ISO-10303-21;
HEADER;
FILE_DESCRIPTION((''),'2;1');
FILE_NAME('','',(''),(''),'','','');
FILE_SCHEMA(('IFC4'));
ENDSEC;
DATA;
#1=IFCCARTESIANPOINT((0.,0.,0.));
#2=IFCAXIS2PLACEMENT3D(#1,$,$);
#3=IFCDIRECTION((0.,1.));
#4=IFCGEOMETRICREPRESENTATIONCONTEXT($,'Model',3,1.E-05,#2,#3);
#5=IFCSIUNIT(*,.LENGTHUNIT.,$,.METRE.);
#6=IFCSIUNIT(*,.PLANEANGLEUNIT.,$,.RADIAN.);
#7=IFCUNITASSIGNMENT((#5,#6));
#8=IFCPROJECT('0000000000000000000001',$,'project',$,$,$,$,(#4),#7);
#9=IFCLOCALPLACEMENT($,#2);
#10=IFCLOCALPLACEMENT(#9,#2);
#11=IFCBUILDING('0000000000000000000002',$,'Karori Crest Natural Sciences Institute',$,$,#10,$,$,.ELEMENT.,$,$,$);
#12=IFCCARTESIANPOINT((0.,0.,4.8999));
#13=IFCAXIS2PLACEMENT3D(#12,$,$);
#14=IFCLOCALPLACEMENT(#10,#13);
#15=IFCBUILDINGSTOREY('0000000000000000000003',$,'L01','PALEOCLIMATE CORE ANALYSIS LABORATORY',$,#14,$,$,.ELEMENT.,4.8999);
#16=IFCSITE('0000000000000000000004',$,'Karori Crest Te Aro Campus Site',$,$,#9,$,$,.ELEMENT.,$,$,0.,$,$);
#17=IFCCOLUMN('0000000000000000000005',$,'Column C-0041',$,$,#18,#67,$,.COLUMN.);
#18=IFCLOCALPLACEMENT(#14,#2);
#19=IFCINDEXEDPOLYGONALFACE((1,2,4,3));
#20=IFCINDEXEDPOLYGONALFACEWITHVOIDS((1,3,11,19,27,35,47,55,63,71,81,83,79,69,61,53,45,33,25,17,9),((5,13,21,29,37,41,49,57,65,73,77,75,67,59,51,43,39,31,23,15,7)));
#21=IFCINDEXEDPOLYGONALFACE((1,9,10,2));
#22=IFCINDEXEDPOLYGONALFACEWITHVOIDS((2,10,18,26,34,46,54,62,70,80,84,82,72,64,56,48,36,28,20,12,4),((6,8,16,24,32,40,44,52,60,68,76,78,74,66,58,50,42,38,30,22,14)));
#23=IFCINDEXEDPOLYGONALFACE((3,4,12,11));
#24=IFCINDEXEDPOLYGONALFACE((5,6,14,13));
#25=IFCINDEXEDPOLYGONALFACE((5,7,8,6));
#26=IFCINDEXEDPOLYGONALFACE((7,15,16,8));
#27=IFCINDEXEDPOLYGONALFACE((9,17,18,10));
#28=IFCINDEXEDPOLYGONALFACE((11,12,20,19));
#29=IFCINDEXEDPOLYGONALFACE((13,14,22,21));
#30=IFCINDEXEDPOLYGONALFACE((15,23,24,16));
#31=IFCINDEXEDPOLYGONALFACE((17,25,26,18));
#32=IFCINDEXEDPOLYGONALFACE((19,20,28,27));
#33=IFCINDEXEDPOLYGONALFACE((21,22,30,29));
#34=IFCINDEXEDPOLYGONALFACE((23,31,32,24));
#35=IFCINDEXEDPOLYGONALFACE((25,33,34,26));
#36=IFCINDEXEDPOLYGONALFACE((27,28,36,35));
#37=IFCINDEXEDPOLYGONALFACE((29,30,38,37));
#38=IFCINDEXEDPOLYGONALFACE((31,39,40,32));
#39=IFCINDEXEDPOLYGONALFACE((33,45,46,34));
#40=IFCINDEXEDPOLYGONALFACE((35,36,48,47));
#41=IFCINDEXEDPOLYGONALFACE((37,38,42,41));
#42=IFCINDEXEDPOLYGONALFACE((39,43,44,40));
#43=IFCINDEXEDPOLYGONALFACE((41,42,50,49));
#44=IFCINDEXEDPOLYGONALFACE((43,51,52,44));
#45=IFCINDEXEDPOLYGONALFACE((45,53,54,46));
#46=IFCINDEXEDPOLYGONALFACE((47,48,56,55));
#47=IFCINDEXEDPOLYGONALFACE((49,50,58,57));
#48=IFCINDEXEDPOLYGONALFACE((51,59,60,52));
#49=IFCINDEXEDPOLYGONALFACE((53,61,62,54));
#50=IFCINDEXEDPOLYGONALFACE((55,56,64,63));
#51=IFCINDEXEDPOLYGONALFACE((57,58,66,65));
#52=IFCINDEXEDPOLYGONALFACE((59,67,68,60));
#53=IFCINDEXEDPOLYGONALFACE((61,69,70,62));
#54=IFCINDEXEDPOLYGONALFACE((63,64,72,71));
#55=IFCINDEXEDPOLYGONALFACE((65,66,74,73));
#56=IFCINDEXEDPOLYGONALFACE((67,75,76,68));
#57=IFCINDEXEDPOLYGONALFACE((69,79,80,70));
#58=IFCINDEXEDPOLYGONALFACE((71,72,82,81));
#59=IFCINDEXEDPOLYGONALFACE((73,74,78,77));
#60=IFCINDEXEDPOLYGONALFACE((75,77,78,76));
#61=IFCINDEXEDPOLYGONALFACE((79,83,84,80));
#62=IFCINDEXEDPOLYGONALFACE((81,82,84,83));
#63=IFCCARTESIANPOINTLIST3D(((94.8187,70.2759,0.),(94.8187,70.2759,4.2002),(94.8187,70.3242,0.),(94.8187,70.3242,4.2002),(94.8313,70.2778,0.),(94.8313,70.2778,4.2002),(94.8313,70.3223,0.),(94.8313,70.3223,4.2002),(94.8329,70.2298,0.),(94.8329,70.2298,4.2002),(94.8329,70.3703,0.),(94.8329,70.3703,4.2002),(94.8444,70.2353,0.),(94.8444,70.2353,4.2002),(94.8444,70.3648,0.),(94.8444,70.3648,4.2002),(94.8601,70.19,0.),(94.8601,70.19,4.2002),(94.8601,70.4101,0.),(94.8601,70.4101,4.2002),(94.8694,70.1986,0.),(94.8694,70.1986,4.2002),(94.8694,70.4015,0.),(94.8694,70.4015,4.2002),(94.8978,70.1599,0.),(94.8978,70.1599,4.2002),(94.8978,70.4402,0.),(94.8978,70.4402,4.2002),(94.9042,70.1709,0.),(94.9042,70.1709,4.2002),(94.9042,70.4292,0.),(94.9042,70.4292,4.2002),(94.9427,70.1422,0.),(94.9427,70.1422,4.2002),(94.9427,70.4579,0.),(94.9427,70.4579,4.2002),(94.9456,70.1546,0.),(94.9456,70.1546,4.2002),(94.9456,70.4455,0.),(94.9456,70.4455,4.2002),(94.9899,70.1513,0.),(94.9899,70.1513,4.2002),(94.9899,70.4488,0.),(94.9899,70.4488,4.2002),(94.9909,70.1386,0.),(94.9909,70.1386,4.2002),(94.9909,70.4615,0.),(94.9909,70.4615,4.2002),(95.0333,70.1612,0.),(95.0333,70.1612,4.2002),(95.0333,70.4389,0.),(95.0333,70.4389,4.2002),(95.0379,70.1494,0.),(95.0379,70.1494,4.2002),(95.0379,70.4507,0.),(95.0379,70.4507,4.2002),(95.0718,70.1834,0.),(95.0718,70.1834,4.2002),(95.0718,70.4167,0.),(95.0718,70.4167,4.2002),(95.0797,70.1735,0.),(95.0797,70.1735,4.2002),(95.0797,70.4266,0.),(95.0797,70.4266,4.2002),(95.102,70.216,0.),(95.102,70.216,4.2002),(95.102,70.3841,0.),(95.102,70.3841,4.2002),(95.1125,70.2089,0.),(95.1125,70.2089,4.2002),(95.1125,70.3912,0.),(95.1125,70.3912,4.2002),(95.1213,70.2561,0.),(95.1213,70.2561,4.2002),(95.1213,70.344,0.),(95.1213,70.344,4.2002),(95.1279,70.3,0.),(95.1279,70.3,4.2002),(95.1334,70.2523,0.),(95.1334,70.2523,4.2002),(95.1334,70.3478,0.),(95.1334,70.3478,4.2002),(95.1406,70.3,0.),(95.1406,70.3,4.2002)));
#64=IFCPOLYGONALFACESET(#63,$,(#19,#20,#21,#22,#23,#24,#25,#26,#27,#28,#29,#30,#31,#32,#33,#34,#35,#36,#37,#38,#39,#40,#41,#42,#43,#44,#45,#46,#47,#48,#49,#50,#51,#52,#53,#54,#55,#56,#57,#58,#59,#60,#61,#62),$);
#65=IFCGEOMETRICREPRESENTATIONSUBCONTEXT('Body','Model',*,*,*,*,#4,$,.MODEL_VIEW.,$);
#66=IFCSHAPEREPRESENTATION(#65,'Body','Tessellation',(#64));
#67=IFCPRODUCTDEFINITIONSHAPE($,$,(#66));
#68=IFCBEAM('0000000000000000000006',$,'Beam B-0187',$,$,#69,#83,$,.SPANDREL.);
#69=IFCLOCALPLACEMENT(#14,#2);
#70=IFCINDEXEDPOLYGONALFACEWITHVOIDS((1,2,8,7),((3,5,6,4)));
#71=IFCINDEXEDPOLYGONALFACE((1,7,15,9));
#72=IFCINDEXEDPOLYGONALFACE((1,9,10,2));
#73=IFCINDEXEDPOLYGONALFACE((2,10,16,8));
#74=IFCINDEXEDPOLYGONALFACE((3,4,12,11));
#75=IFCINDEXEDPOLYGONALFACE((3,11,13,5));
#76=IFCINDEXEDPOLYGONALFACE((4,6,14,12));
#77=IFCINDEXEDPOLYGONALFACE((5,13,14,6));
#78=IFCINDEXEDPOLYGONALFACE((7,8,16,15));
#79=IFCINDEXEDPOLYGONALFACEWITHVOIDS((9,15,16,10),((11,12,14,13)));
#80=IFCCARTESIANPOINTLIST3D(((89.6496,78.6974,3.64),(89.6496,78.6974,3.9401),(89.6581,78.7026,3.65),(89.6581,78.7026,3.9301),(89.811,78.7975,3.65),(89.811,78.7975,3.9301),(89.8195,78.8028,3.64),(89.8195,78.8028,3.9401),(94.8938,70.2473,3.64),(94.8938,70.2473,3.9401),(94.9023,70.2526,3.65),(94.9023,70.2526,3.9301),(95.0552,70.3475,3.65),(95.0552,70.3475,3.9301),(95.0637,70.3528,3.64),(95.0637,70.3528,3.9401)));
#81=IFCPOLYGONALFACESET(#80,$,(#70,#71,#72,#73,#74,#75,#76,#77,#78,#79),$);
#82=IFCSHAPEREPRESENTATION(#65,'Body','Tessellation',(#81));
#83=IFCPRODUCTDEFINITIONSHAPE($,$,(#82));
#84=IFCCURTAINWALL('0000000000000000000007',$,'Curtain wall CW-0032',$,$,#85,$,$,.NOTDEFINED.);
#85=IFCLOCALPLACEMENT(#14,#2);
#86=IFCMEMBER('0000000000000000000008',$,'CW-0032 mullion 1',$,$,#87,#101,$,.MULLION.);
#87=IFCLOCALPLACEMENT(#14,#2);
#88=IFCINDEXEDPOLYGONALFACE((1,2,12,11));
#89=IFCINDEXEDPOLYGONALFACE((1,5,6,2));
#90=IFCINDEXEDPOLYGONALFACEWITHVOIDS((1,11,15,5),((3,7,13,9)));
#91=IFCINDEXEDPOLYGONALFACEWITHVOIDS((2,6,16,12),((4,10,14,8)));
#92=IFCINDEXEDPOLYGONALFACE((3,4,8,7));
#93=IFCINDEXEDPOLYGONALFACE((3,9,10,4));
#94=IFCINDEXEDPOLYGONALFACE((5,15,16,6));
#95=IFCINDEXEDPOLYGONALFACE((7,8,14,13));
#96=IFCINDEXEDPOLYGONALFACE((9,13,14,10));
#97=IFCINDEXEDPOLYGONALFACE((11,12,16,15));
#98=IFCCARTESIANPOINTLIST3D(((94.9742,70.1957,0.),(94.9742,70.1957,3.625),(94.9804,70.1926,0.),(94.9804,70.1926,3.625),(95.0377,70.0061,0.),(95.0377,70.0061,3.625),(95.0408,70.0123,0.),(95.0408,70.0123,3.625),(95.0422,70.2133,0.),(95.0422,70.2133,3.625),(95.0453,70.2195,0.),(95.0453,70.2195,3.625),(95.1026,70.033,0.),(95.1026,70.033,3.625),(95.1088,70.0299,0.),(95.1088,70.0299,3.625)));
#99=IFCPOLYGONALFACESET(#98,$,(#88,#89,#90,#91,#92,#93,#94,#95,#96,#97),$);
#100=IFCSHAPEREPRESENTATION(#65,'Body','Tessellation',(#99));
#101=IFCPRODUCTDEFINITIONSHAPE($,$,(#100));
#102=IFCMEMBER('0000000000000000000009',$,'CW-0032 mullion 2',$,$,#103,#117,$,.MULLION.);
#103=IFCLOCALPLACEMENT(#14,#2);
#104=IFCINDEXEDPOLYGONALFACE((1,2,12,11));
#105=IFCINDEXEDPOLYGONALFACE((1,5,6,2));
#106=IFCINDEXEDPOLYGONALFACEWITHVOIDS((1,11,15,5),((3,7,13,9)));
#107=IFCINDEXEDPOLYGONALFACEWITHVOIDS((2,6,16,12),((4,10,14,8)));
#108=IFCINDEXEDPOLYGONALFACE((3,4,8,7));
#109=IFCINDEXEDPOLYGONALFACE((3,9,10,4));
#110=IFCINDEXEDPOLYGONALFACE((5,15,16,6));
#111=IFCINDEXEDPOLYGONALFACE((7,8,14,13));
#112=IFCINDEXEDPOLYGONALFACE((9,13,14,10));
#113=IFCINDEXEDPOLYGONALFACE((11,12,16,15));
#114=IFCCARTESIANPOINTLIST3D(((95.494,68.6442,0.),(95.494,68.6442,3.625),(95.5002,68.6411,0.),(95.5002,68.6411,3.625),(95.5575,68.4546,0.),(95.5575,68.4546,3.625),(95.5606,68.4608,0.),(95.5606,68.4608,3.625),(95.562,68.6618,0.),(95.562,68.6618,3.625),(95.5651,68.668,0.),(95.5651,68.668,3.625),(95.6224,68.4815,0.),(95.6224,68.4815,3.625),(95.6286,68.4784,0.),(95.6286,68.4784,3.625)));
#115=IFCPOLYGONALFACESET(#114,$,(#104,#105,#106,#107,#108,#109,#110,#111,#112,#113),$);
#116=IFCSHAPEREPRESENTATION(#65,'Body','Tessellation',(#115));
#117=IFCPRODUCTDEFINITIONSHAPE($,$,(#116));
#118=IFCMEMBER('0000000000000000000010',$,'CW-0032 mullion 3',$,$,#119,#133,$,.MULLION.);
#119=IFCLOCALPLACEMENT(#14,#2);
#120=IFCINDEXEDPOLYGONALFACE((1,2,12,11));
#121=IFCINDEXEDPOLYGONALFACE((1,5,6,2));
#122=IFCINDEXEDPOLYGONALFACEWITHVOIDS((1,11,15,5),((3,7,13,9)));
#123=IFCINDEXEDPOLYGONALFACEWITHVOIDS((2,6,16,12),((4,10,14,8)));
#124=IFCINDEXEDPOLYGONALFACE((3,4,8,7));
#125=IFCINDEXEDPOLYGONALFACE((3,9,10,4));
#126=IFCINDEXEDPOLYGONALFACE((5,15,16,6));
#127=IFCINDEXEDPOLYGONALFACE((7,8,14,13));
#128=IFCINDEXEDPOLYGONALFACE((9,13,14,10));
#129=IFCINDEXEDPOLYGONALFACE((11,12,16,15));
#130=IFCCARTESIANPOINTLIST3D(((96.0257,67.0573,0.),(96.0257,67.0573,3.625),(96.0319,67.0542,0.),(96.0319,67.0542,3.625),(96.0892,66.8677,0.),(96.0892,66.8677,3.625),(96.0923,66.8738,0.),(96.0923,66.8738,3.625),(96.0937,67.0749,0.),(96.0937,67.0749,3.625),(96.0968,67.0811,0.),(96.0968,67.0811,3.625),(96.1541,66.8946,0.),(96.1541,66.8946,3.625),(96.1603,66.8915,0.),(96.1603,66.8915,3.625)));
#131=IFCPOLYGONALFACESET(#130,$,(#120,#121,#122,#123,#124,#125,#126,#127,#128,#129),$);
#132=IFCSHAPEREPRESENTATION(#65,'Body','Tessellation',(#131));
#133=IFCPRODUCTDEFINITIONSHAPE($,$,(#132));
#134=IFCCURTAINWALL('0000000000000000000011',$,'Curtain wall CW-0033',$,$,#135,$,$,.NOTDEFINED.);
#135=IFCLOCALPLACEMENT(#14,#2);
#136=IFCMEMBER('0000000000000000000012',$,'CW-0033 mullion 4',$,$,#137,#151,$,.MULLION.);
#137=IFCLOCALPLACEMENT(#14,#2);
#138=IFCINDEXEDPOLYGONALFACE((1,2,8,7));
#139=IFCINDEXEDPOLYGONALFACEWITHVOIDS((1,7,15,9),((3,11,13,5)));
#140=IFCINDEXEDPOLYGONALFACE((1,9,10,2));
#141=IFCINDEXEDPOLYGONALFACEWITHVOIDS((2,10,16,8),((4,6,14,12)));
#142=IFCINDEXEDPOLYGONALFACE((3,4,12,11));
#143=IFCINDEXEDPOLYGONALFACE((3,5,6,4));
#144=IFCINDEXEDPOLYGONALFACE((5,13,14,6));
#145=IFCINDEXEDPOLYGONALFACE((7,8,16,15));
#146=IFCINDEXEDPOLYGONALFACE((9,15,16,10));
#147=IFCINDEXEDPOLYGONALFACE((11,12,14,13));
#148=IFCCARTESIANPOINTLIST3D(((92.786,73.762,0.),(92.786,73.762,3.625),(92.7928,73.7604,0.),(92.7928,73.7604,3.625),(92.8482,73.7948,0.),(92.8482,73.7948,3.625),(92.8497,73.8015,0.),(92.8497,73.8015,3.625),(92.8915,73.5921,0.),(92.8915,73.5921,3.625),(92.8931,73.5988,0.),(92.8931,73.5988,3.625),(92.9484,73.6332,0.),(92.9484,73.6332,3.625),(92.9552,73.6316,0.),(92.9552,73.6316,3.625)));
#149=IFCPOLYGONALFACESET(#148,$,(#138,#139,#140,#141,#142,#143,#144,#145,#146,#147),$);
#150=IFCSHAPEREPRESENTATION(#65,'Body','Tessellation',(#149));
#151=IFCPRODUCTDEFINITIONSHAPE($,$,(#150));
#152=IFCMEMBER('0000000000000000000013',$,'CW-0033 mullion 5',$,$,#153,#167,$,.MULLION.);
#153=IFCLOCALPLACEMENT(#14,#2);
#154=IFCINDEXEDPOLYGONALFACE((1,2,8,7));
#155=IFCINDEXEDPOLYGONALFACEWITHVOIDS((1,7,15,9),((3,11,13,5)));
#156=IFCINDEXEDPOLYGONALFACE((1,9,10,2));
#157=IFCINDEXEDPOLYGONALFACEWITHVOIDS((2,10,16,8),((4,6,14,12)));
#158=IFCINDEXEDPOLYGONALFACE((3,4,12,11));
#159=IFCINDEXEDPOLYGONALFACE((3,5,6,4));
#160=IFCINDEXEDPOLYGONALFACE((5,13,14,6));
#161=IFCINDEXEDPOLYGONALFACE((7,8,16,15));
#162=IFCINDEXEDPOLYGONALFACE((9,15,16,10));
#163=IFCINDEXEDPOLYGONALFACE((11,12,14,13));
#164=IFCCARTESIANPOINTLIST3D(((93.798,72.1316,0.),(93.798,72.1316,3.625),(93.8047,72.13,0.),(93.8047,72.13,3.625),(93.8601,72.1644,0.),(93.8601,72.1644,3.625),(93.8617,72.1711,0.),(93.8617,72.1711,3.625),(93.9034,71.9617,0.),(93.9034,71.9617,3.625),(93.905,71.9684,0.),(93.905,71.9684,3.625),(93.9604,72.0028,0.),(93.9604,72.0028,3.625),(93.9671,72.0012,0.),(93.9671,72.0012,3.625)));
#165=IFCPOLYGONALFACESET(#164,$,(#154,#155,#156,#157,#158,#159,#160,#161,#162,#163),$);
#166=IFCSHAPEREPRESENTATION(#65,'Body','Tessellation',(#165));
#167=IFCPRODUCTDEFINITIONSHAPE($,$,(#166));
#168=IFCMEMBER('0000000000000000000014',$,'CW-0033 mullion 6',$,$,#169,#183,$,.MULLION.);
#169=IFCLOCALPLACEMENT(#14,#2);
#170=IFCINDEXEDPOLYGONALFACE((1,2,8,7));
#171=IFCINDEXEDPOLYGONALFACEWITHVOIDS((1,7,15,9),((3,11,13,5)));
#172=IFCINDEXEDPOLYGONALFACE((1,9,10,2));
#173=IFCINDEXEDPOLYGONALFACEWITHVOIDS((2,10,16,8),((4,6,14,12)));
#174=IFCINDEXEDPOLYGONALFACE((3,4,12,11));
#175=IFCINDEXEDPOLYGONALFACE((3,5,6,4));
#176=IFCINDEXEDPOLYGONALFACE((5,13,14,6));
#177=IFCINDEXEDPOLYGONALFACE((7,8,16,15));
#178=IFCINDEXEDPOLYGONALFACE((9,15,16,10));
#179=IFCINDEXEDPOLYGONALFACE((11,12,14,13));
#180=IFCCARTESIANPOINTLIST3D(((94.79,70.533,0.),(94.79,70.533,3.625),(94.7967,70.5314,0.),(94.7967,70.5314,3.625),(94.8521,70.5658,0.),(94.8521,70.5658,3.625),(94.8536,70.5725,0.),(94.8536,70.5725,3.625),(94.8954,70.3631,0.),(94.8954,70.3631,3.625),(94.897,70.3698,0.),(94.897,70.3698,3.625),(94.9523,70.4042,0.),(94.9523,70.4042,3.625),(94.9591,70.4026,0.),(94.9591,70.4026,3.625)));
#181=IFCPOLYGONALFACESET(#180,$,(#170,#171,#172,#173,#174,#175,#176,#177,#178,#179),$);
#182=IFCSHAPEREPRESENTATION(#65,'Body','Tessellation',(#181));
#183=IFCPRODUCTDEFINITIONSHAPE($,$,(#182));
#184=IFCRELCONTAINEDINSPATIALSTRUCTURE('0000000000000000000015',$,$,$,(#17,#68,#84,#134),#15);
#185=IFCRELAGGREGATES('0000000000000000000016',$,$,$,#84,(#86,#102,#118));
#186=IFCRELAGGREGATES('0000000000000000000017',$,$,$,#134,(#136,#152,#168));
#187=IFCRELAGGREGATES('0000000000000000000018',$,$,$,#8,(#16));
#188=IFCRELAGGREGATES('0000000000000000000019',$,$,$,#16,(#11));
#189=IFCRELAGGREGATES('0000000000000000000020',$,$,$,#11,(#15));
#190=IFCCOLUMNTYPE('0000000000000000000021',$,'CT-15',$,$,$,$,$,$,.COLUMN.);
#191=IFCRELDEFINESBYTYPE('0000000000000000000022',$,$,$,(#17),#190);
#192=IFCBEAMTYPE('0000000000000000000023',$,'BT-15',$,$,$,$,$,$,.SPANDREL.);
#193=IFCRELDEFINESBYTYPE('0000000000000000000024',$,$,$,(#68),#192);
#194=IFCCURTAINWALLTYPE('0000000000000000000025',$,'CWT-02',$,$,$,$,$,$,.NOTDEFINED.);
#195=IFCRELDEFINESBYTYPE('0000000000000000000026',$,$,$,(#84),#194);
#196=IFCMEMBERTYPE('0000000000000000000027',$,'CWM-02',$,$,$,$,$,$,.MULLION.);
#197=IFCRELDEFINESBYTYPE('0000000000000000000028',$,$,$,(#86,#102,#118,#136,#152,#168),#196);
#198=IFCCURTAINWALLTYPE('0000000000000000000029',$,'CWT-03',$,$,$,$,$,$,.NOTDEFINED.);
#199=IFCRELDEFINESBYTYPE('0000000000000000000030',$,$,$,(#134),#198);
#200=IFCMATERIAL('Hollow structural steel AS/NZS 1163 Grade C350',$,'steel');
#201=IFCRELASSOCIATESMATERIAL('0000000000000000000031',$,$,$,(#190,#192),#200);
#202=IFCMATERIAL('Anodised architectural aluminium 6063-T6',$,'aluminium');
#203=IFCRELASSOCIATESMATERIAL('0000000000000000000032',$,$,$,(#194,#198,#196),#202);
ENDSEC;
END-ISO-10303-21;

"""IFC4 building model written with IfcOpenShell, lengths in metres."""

from ifc_helpers import new_model, si_unit, direction, frame, origin, origin_2d, place, context, subcontext, project, spatial, hollow_rectangle, hollow_circle, extrude, material, material_profile, profile_set, type_object, element, aggregate, save


model = new_model("IFC4")

# Units and contexts
model_context = context("Model", 3, precision=1e-05, world=origin(), true_north=direction((0.0, 1.0)))
body_context = subcontext(model_context, "Body", "Model", "MODEL_VIEW")
ifc_project = project(units=[si_unit("LENGTHUNIT", "METRE"), si_unit("PLANEANGLEUNIT", "RADIAN")], contexts=[model_context])

# Site, building, storey
site_placement = place(None, origin())
site = spatial("IfcSite", under=ifc_project, at=site_placement, Name="Karori Crest Te Aro Campus Site", CompositionType="ELEMENT", RefElevation=0.0)
building_placement = place(site_placement, origin())
building = spatial("IfcBuilding", under=site, at=building_placement, Name="Karori Crest Natural Sciences Institute", CompositionType="ELEMENT")
storey_placement = place(building_placement, frame((0.0, 0.0, 4.8999)))
storey = spatial("IfcBuildingStorey", under=building, at=storey_placement, Name="L01", Description="PALEOCLIMATE CORE ANALYSIS LABORATORY", CompositionType="ELEMENT", Elevation=4.8999)

# Column
ifc_material_1 = material(Name="Hollow structural steel AS/NZS 1163 Grade C350", Category="steel")
ifc_material_profile_1 = material_profile(ifc_material_1, hollow_circle(Radius=0.1619, WallThickness=0.0127, at=origin_2d()), Name="CHS323.9x12.7")
ifc_profile_set_1 = profile_set([ifc_material_profile_1], Name="Hollow structural steel AS/NZS 1163 Grade C350")
column_type = type_object("IfcColumnType", Name="CT-15", PredefinedType="COLUMN", material=ifc_profile_set_1)
column_placement = place(storey_placement, frame((94.9788, 70.3, 0.0), z_axis=(0.0, 0.0, 1.0), x_axis=(1.0, 0.0, 0.0)))
element("IfcColumn", 1, at=column_placement, inside=storey, type_object=column_type, Name="Column C-0041", PredefinedType="COLUMN", context=body_context, shape_type="SweptSolid", body=[
    extrude(hollow_circle(Radius=0.1619, WallThickness=0.0127, at=origin_2d()), origin(), (0.0, 0.0, 1.0), 4.2002),
])

# Beam
ifc_material_profile_2 = material_profile(ifc_material_1, hollow_rectangle(XDim=0.2, YDim=0.3, WallThickness=0.01, at=origin_2d()), Name="RHS300x200x10")
ifc_profile_set_2 = profile_set([ifc_material_profile_2], Name="Hollow structural steel AS/NZS 1163 Grade C350")
beam_type = type_object("IfcBeamType", Name="BT-15", PredefinedType="SPANDREL", material=ifc_profile_set_2)
beam_placement = place(storey_placement, frame((94.9788, 70.3, 3.79), z_axis=(-0.527315, 0.84967, 0.0), x_axis=(-0.84967, -0.527315, 0.0)))
element("IfcBeam", 2, at=beam_placement, inside=storey, type_object=beam_type, Name="Beam B-0187", PredefinedType="SPANDREL", context=body_context, shape_type="SweptSolid", body=[
    extrude(hollow_rectangle(XDim=0.2, YDim=0.3, WallThickness=0.01, at=origin_2d()), origin(), (0.0, 0.0, 1.0), 9.9451),
])

# Curtain walls, members
ifc_material_2 = material(Name="Anodised architectural aluminium 6063-T6", Category="aluminium")
curtain_wall_type_1 = type_object("IfcCurtainWallType", Name="CWT-02", PredefinedType="NOTDEFINED", material=ifc_material_2)
curtain_wall_1_placement = place(storey_placement, origin())
curtain_wall_1 = element("IfcCurtainWall", 3, at=curtain_wall_1_placement, inside=storey, type_object=curtain_wall_type_1, Name="Curtain wall CW-0032", PredefinedType="NOTDEFINED")
ifc_material_profile_3 = material_profile(ifc_material_2, hollow_rectangle(XDim=0.075, YDim=0.2, WallThickness=0.0049, at=origin_2d()), Name="CWM200x75x5")
ifc_profile_set_3 = profile_set([ifc_material_profile_3], Name="Anodised architectural aluminium 6063-T6")
member_type_1 = type_object("IfcMemberType", Name="CWM-02", PredefinedType="MULLION", material=ifc_profile_set_3)
member_1_placement = place(storey_placement, frame((95.0415, 70.1128, 0.0), z_axis=(0.0, 0.0, 1.0), x_axis=(0.948196, 0.317685, 0.0)))
member_1 = element("IfcMember", 4, at=member_1_placement, type_object=member_type_1, Name="CW-0032 mullion 1", PredefinedType="MULLION", context=body_context, shape_type="SweptSolid", body=[
    extrude(hollow_rectangle(XDim=0.075, YDim=0.2, WallThickness=0.0049, at=origin_2d()), origin(), (0.0, 0.0, 1.0), 3.625),
])
member_2_placement = place(storey_placement, frame((95.5613, 68.5613, 0.0), z_axis=(0.0, 0.0, 1.0), x_axis=(0.948196, 0.317685, 0.0)))
member_2 = element("IfcMember", 5, at=member_2_placement, type_object=member_type_1, Name="CW-0032 mullion 2", PredefinedType="MULLION", context=body_context, shape_type="SweptSolid", body=[
    extrude(hollow_rectangle(XDim=0.075, YDim=0.2, WallThickness=0.0049, at=origin_2d()), origin(), (0.0, 0.0, 1.0), 3.625),
])
member_3_placement = place(storey_placement, frame((96.093, 66.9744, 0.0), z_axis=(0.0, 0.0, 1.0), x_axis=(0.948196, 0.317685, 0.0)))
member_3 = element("IfcMember", 6, at=member_3_placement, type_object=member_type_1, Name="CW-0032 mullion 3", PredefinedType="MULLION", context=body_context, shape_type="SweptSolid", body=[
    extrude(hollow_rectangle(XDim=0.075, YDim=0.2, WallThickness=0.0049, at=origin_2d()), origin(), (0.0, 0.0, 1.0), 3.625),
])
curtain_wall_type_2 = type_object("IfcCurtainWallType", Name="CWT-03", PredefinedType="NOTDEFINED", material=ifc_material_2)
curtain_wall_2_placement = place(storey_placement, origin())
curtain_wall_2 = element("IfcCurtainWall", 7, at=curtain_wall_2_placement, inside=storey, type_object=curtain_wall_type_2, Name="Curtain wall CW-0033", PredefinedType="NOTDEFINED")
member_4_placement = place(storey_placement, frame((92.8706, 73.6968, 0.0), z_axis=(0.0, 0.0, 1.0), x_axis=(0.849666, 0.527322, 0.0)))
member_4 = element("IfcMember", 8, at=member_4_placement, type_object=member_type_1, Name="CW-0033 mullion 4", PredefinedType="MULLION", context=body_context, shape_type="SweptSolid", body=[
    extrude(hollow_rectangle(XDim=0.075, YDim=0.2, WallThickness=0.0049, at=origin_2d()), origin(), (0.0, 0.0, 1.0), 3.625),
])
member_5_placement = place(storey_placement, frame((93.8826, 72.0664, 0.0), z_axis=(0.0, 0.0, 1.0), x_axis=(0.849666, 0.527322, 0.0)))
member_5 = element("IfcMember", 9, at=member_5_placement, type_object=member_type_1, Name="CW-0033 mullion 5", PredefinedType="MULLION", context=body_context, shape_type="SweptSolid", body=[
    extrude(hollow_rectangle(XDim=0.075, YDim=0.2, WallThickness=0.0049, at=origin_2d()), origin(), (0.0, 0.0, 1.0), 3.625),
])
member_6_placement = place(storey_placement, frame((94.8745, 70.4678, 0.0), z_axis=(0.0, 0.0, 1.0), x_axis=(0.849666, 0.527322, 0.0)))
member_6 = element("IfcMember", 10, at=member_6_placement, type_object=member_type_1, Name="CW-0033 mullion 6", PredefinedType="MULLION", context=body_context, shape_type="SweptSolid", body=[
    extrude(hollow_rectangle(XDim=0.075, YDim=0.2, WallThickness=0.0049, at=origin_2d()), origin(), (0.0, 0.0, 1.0), 3.625),
])

aggregate(curtain_wall_1, [member_1, member_2, member_3])
aggregate(curtain_wall_2, [member_4, member_5, member_6])

save(model, "model.ifc")
